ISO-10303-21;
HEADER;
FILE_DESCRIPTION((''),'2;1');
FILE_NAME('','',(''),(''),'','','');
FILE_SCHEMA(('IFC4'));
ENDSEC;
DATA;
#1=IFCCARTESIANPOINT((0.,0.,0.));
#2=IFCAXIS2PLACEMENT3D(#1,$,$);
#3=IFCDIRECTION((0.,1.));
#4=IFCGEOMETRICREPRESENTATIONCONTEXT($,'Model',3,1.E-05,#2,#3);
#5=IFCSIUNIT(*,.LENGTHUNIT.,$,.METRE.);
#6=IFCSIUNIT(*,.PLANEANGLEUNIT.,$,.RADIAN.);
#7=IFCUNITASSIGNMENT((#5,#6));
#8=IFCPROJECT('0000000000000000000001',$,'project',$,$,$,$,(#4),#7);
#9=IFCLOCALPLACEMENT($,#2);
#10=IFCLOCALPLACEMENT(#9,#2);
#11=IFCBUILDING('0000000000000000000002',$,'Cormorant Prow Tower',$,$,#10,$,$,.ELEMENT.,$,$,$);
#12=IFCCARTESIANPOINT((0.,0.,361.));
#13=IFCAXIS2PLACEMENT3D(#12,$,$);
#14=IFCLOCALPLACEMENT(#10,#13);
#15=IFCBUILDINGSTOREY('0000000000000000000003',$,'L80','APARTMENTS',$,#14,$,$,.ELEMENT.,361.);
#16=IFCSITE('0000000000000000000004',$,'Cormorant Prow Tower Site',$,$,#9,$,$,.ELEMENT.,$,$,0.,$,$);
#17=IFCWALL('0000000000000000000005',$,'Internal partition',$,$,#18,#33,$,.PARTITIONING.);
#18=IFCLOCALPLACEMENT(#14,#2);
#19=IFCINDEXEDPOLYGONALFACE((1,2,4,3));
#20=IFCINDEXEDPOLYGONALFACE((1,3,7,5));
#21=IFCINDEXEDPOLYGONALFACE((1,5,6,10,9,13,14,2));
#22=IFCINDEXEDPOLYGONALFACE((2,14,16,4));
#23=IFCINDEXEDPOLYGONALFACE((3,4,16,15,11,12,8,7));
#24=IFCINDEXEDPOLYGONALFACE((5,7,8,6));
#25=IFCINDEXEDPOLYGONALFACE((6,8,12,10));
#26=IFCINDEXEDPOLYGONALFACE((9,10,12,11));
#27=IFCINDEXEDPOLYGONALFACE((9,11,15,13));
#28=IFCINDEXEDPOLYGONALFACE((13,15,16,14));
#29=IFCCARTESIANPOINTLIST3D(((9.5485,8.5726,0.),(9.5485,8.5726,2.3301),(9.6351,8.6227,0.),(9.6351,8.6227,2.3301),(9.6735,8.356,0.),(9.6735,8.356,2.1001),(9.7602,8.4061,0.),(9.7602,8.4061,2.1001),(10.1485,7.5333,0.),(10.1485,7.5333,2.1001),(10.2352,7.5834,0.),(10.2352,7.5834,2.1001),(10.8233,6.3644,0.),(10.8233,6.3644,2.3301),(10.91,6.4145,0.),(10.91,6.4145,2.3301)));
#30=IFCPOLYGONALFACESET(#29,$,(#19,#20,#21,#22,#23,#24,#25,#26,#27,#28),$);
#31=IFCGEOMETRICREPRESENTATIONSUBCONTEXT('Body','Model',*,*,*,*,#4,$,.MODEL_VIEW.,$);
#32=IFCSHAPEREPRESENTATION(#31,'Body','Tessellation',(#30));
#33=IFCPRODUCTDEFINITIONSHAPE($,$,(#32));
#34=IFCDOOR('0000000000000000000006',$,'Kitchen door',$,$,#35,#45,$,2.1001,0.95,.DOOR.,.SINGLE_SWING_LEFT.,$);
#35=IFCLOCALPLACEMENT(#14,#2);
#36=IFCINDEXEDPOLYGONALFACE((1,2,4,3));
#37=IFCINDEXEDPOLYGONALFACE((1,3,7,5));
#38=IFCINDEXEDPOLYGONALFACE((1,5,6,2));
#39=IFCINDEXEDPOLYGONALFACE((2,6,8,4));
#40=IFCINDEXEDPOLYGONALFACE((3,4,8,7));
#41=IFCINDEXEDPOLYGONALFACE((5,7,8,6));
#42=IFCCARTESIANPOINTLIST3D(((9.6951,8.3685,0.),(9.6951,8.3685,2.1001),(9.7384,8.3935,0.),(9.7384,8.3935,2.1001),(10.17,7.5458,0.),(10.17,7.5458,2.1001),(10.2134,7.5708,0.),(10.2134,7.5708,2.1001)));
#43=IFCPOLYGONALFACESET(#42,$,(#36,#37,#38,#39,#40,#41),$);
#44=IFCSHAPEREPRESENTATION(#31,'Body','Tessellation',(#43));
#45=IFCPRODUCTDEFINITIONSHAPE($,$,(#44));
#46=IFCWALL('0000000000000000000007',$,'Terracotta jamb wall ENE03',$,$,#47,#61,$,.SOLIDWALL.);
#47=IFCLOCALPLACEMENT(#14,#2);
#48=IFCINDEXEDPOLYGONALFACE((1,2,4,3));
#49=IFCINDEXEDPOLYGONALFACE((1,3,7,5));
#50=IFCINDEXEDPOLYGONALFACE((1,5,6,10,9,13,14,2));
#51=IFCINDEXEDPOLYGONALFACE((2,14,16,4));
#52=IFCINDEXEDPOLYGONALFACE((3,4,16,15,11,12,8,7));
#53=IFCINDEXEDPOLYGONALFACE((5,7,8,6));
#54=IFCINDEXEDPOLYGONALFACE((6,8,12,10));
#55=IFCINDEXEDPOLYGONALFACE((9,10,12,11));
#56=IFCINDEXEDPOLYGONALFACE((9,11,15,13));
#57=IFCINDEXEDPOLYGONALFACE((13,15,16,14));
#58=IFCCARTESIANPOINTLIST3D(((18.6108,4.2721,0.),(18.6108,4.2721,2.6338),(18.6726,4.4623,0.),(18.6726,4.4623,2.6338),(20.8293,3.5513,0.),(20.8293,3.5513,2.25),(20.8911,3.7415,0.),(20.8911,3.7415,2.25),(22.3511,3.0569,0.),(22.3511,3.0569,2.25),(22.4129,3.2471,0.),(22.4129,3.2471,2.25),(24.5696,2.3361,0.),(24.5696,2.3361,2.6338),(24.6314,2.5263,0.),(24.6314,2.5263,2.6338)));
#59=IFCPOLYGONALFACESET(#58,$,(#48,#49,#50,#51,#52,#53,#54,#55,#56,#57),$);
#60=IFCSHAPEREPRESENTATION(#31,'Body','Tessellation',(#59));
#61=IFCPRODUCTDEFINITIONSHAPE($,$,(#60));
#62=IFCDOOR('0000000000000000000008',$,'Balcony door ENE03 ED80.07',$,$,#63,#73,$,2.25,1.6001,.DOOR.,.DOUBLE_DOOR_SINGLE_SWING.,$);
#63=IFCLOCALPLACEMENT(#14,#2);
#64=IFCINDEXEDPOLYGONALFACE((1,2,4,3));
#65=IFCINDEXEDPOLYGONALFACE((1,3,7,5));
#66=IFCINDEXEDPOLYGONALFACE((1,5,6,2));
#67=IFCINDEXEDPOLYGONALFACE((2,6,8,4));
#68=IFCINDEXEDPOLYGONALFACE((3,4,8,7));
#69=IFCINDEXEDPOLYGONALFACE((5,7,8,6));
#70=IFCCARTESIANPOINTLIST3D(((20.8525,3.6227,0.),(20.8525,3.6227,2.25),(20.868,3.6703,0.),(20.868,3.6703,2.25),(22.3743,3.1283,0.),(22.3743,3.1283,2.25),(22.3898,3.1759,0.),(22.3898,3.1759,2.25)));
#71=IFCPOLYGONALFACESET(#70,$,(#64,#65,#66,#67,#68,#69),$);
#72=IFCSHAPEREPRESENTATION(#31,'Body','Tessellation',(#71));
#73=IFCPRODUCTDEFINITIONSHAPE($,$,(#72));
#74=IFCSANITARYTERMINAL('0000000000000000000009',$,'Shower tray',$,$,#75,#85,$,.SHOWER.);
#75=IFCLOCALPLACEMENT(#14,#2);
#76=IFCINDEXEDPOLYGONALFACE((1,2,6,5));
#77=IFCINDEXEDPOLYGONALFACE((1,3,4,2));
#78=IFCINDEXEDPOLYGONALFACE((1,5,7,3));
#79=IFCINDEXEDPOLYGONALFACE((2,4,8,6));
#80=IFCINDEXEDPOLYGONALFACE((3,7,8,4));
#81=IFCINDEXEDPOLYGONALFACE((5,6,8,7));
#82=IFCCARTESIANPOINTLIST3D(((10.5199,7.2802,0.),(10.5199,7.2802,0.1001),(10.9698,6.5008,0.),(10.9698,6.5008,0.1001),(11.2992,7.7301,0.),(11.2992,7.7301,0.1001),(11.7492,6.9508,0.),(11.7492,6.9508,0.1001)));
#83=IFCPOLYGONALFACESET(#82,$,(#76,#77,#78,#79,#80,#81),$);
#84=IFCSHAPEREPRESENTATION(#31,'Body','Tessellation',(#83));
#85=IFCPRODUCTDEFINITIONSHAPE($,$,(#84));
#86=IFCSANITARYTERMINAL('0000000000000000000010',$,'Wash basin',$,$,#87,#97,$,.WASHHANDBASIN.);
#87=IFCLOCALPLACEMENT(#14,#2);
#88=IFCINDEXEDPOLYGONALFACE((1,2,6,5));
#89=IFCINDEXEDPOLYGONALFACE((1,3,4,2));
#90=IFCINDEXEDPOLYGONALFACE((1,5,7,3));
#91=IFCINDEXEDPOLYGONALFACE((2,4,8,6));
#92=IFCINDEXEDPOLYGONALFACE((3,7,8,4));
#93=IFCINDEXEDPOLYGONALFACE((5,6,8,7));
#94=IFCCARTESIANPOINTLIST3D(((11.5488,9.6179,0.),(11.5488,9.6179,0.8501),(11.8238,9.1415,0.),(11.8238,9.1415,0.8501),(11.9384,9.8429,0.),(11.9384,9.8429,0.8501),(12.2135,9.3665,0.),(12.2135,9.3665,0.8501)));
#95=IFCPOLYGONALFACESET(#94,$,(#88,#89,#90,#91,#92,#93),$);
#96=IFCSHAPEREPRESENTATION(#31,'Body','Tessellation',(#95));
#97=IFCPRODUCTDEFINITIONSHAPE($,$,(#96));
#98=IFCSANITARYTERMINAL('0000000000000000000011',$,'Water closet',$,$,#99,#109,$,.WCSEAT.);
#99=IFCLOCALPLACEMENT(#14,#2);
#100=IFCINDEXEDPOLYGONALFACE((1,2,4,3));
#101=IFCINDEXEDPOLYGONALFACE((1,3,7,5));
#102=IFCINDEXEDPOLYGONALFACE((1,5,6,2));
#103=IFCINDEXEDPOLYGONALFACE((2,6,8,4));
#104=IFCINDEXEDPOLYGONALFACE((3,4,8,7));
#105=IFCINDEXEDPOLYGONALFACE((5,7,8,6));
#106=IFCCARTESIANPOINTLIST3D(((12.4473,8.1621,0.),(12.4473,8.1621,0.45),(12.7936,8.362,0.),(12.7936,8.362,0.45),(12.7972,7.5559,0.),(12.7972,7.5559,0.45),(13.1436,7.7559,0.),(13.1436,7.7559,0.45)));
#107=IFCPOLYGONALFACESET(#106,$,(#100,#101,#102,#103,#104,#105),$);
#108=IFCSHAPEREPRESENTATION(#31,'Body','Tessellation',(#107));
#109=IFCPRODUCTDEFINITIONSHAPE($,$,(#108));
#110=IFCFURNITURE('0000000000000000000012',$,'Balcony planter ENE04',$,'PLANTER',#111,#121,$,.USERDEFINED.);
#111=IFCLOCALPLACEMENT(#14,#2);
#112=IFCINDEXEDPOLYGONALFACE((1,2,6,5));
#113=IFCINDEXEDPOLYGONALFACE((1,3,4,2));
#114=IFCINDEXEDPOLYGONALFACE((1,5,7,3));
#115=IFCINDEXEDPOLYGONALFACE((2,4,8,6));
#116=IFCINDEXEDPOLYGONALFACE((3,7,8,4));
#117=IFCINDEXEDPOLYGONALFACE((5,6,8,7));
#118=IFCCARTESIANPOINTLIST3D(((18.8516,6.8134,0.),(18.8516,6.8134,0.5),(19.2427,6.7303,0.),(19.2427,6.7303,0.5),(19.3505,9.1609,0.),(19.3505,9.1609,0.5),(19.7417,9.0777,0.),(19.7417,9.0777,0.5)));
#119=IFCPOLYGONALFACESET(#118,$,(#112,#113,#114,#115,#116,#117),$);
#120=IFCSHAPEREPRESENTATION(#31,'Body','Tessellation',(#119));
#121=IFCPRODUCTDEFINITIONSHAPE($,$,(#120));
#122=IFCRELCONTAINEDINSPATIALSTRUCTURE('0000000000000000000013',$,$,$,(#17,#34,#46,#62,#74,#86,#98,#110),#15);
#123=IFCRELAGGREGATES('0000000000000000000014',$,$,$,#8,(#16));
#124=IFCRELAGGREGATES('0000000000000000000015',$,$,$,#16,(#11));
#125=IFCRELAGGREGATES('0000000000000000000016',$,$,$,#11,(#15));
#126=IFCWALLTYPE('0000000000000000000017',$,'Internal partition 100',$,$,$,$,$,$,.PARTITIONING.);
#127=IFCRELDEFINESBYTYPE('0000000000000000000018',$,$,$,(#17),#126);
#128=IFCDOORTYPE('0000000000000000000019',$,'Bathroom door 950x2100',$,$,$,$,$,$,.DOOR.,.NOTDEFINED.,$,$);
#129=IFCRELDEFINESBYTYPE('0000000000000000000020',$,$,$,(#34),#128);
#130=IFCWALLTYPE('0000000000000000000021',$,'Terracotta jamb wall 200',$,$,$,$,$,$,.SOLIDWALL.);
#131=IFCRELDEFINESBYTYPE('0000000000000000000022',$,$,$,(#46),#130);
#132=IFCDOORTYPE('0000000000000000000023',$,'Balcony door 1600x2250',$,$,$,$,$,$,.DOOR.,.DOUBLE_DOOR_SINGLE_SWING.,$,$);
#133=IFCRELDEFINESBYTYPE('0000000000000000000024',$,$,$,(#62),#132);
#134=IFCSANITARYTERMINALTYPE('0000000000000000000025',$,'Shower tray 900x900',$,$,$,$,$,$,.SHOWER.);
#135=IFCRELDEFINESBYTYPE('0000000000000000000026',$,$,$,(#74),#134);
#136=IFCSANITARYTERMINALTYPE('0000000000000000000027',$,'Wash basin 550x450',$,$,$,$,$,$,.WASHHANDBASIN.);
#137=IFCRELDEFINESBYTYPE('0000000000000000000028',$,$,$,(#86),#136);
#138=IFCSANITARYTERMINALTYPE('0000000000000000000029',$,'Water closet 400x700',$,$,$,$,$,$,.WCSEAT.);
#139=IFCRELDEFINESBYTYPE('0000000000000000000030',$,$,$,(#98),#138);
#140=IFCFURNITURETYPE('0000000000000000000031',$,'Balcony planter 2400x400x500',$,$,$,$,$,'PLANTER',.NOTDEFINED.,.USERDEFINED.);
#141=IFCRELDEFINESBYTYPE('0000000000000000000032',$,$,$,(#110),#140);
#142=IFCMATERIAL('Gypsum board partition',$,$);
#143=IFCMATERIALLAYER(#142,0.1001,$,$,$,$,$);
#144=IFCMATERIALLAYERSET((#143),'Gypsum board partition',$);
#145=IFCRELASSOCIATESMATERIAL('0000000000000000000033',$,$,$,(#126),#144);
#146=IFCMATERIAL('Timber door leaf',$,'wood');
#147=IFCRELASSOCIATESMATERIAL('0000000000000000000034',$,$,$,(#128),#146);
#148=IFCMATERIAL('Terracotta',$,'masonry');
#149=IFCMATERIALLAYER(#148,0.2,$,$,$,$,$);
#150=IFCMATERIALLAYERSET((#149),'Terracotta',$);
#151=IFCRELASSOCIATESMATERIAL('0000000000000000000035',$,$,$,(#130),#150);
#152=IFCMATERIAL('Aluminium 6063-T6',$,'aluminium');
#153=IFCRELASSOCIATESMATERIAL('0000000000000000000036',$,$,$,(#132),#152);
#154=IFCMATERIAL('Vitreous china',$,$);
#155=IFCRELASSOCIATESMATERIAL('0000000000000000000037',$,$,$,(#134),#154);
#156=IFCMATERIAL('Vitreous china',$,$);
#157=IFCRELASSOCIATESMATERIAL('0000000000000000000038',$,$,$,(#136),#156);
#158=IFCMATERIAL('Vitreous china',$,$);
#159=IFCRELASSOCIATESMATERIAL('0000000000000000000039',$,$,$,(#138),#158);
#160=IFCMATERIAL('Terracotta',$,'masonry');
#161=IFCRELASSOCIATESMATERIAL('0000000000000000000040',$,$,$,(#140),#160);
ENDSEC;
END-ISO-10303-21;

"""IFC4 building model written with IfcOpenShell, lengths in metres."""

from ifc_helpers import new_model, si_unit, direction, frame, frame_2d, origin, origin_2d, place, context, subcontext, project, spatial, rectangle, extrude, material, layer, layer_set, type_object, element, fill, save


model = new_model("IFC4")

# Units and contexts
model_context = context("Model", 3, precision=1e-05, world=origin(), true_north=direction((0.0, 1.0)))
body_context = subcontext(model_context, "Body", "Model", "MODEL_VIEW")
ifc_project = project(units=[si_unit("LENGTHUNIT", "METRE"), si_unit("PLANEANGLEUNIT", "RADIAN")], contexts=[model_context])

# Site, building, storey
site_placement = place(None, origin())
site = spatial("IfcSite", under=ifc_project, at=site_placement, Name="Cormorant Prow Tower Site", CompositionType="ELEMENT", RefElevation=0.0)
building_placement = place(site_placement, origin())
building = spatial("IfcBuilding", under=site, at=building_placement, Name="Cormorant Prow Tower", CompositionType="ELEMENT")
storey_placement = place(building_placement, frame((0.0, 0.0, 361.0)))
storey = spatial("IfcBuildingStorey", under=building, at=storey_placement, Name="L80", Description="APARTMENTS", CompositionType="ELEMENT", Elevation=361.0)

# Shared definitions
ifc_material_1 = material(Name="Gypsum board partition")
ifc_layer_1 = layer(ifc_material_1, 0.1001)
ifc_layer_set_1 = layer_set([ifc_layer_1], Name="Gypsum board partition")
wall_type_1 = type_object("IfcWallType", Name="Internal partition 100", PredefinedType="PARTITIONING", material=ifc_layer_set_1)

# Walls, openings, doors
wall_1_placement = place(storey_placement, frame((9.5918, 8.5977, 0.0), z_axis=(0.0, 0.0, 1.0), x_axis=(0.49999, -0.866031, 0.0)))
wall_1 = element("IfcWall", 1, at=wall_1_placement, inside=storey, type_object=wall_type_1, Name="Internal partition", PredefinedType="PARTITIONING", context=body_context, shape_type="SweptSolid", body=[
    extrude(rectangle(XDim=2.5498, YDim=0.1001, at=frame_2d((1.2749, 0.0))), origin(), (0.0, 0.0, 1.0), 2.3301),
])
opening_1_placement = place(wall_1_placement, frame((0.25, 0.0, 0.0)))
opening_1 = element("IfcOpeningElement", 2, at=opening_1_placement, cuts=wall_1, PredefinedType="OPENING", context=body_context, shape_type="SweptSolid", body=[
    extrude(rectangle(XDim=0.95, YDim=2.1001, at=frame_2d((0.4751, 1.05))), frame((0.0, 0.0601, 0.0), z_axis=(0.0, -1.0, 0.0), x_axis=(1.0, 0.0, 0.0)), (0.0, 0.0, 1.0), 0.1201),
])
ifc_material_2 = material(Name="Timber door leaf", Category="wood")
door_type_1 = type_object("IfcDoorType", Name="Bathroom door 950x2100", OperationType="NOTDEFINED", PredefinedType="DOOR", material=ifc_material_2)
door_1_placement = place(opening_1_placement, origin())
door_1 = element("IfcDoor", 3, at=door_1_placement, inside=storey, type_object=door_type_1, Name="Kitchen door", OperationType="SINGLE_SWING_LEFT", OverallHeight=2.1001, OverallWidth=0.95, PredefinedType="DOOR", context=body_context, shape_type="SweptSolid", body=[
    extrude(rectangle(XDim=0.95, YDim=2.1001, at=frame_2d((0.4751, 1.05))), frame((0.0, 0.0249, 0.0), z_axis=(0.0, -1.0, 0.0), x_axis=(1.0, 0.0, 0.0)), (0.0, 0.0, 1.0), 0.05),
])
fill(opening_1, door_1)
ifc_material_3 = material(Name="Terracotta", Category="masonry")
ifc_layer_2 = layer(ifc_material_3, 0.2)
ifc_layer_set_2 = layer_set([ifc_layer_2], Name="Terracotta")
wall_type_2 = type_object("IfcWallType", Name="Terracotta jamb wall 200", PredefinedType="SOLIDWALL", material=ifc_layer_set_2)
wall_2_placement = place(storey_placement, frame((24.6006, 2.4312, 0.0), z_axis=(0.0, 0.0, 1.0), x_axis=(-0.95106, 0.309006, 0.0)))
wall_2 = element("IfcWall", 4, at=wall_2_placement, inside=storey, type_object=wall_type_2, Name="Terracotta jamb wall ENE03", PredefinedType="SOLIDWALL", context=body_context, shape_type="SweptSolid", body=[
    extrude(rectangle(XDim=6.2654, YDim=0.2, at=frame_2d((3.1328, 0.0))), origin(), (0.0, 0.0, 1.0), 2.6338),
])
opening_2_placement = place(wall_2_placement, frame((2.3328, 0.0, 0.0)))
opening_2 = element("IfcOpeningElement", 5, at=opening_2_placement, cuts=wall_2, PredefinedType="OPENING", context=body_context, shape_type="SweptSolid", body=[
    extrude(rectangle(XDim=1.6001, YDim=2.25, at=frame_2d((0.8, 1.125))), frame((0.0, 0.1099, 0.0), z_axis=(0.0, -1.0, 0.0), x_axis=(1.0, 0.0, 0.0)), (0.0, 0.0, 1.0), 0.22),
])
ifc_material_4 = material(Name="Aluminium 6063-T6", Category="aluminium")
door_type_2 = type_object("IfcDoorType", Name="Balcony door 1600x2250", OperationType="DOUBLE_DOOR_SINGLE_SWING", PredefinedType="DOOR", material=ifc_material_4)
door_2_placement = place(opening_2_placement, origin())
door_2 = element("IfcDoor", 6, at=door_2_placement, inside=storey, type_object=door_type_2, Name="Balcony door ENE03 ED80.07", OperationType="DOUBLE_DOOR_SINGLE_SWING", OverallHeight=2.25, OverallWidth=1.6001, PredefinedType="DOOR", context=body_context, shape_type="SweptSolid", body=[
    extrude(rectangle(XDim=1.6001, YDim=2.25, at=frame_2d((0.8, 1.125))), frame((0.0, 0.0249, 0.0), z_axis=(0.0, -1.0, 0.0), x_axis=(1.0, 0.0, 0.0)), (0.0, 0.0, 1.0), 0.05),
])
fill(opening_2, door_2)

# Sanitary terminals
ifc_material_5 = material(Name="Vitreous china")
sanitary_terminal_type_1 = type_object("IfcSanitaryTerminalType", Name="Shower tray 900x900", PredefinedType="SHOWER", material=ifc_material_5)
sanitary_terminal_1_placement = place(storey_placement, frame((11.1345, 7.1155, 0.0), z_axis=(0.0, 0.0, 1.0), x_axis=(-0.5, 0.866025, 0.0)))
element("IfcSanitaryTerminal", 7, at=sanitary_terminal_1_placement, inside=storey, type_object=sanitary_terminal_type_1, Name="Shower tray", PredefinedType="SHOWER", context=body_context, shape_type="SweptSolid", body=[
    extrude(rectangle(XDim=0.8999, YDim=0.8999, at=origin_2d()), origin(), (0.0, 0.0, 1.0), 0.1001),
])
ifc_material_6 = material(Name="Vitreous china")
sanitary_terminal_type_2 = type_object("IfcSanitaryTerminalType", Name="Wash basin 550x450", PredefinedType="WASHHANDBASIN", material=ifc_material_6)
sanitary_terminal_2_placement = place(storey_placement, frame((11.8811, 9.4922, 0.0), z_axis=(0.0, 0.0, 1.0), x_axis=(0.5, -0.866025, 0.0)))
element("IfcSanitaryTerminal", 8, at=sanitary_terminal_2_placement, inside=storey, type_object=sanitary_terminal_type_2, Name="Wash basin", PredefinedType="WASHHANDBASIN", context=body_context, shape_type="SweptSolid", body=[
    extrude(rectangle(XDim=0.55, YDim=0.45, at=origin_2d()), origin(), (0.0, 0.0, 1.0), 0.8501),
])
ifc_material_7 = material(Name="Vitreous china")
sanitary_terminal_type_3 = type_object("IfcSanitaryTerminalType", Name="Water closet 400x700", PredefinedType="WCSEAT", material=ifc_material_7)
sanitary_terminal_3_placement = place(storey_placement, frame((12.7954, 7.959, 0.0), z_axis=(0.0, 0.0, 1.0), x_axis=(-0.866025, -0.5, 0.0)))
element("IfcSanitaryTerminal", 9, at=sanitary_terminal_3_placement, inside=storey, type_object=sanitary_terminal_type_3, Name="Water closet", PredefinedType="WCSEAT", context=body_context, shape_type="SweptSolid", body=[
    extrude(rectangle(XDim=0.3999, YDim=0.7, at=origin_2d()), origin(), (0.0, 0.0, 1.0), 0.45),
])

# Furniture
ifc_material_8 = material(Name="Terracotta", Category="masonry")
furniture_type = type_object("IfcFurnitureType", Name="Balcony planter 2400x400x500", ElementType="PLANTER", AssemblyPlace="NOTDEFINED", PredefinedType="USERDEFINED", material=ifc_material_8)
furniture_placement = place(storey_placement, frame((19.2966, 7.9456, 0.0), z_axis=(0.0, 0.0, 1.0), x_axis=(0.207912, 0.978148, 0.0)))
element("IfcFurniture", 10, at=furniture_placement, inside=storey, type_object=furniture_type, Name="Balcony planter ENE04", ObjectType="PLANTER", PredefinedType="USERDEFINED", context=body_context, shape_type="SweptSolid", body=[
    extrude(rectangle(XDim=2.3999, YDim=0.3999, at=origin_2d()), origin(), (0.0, 0.0, 1.0), 0.5),
])

save(model, "model.ifc")
